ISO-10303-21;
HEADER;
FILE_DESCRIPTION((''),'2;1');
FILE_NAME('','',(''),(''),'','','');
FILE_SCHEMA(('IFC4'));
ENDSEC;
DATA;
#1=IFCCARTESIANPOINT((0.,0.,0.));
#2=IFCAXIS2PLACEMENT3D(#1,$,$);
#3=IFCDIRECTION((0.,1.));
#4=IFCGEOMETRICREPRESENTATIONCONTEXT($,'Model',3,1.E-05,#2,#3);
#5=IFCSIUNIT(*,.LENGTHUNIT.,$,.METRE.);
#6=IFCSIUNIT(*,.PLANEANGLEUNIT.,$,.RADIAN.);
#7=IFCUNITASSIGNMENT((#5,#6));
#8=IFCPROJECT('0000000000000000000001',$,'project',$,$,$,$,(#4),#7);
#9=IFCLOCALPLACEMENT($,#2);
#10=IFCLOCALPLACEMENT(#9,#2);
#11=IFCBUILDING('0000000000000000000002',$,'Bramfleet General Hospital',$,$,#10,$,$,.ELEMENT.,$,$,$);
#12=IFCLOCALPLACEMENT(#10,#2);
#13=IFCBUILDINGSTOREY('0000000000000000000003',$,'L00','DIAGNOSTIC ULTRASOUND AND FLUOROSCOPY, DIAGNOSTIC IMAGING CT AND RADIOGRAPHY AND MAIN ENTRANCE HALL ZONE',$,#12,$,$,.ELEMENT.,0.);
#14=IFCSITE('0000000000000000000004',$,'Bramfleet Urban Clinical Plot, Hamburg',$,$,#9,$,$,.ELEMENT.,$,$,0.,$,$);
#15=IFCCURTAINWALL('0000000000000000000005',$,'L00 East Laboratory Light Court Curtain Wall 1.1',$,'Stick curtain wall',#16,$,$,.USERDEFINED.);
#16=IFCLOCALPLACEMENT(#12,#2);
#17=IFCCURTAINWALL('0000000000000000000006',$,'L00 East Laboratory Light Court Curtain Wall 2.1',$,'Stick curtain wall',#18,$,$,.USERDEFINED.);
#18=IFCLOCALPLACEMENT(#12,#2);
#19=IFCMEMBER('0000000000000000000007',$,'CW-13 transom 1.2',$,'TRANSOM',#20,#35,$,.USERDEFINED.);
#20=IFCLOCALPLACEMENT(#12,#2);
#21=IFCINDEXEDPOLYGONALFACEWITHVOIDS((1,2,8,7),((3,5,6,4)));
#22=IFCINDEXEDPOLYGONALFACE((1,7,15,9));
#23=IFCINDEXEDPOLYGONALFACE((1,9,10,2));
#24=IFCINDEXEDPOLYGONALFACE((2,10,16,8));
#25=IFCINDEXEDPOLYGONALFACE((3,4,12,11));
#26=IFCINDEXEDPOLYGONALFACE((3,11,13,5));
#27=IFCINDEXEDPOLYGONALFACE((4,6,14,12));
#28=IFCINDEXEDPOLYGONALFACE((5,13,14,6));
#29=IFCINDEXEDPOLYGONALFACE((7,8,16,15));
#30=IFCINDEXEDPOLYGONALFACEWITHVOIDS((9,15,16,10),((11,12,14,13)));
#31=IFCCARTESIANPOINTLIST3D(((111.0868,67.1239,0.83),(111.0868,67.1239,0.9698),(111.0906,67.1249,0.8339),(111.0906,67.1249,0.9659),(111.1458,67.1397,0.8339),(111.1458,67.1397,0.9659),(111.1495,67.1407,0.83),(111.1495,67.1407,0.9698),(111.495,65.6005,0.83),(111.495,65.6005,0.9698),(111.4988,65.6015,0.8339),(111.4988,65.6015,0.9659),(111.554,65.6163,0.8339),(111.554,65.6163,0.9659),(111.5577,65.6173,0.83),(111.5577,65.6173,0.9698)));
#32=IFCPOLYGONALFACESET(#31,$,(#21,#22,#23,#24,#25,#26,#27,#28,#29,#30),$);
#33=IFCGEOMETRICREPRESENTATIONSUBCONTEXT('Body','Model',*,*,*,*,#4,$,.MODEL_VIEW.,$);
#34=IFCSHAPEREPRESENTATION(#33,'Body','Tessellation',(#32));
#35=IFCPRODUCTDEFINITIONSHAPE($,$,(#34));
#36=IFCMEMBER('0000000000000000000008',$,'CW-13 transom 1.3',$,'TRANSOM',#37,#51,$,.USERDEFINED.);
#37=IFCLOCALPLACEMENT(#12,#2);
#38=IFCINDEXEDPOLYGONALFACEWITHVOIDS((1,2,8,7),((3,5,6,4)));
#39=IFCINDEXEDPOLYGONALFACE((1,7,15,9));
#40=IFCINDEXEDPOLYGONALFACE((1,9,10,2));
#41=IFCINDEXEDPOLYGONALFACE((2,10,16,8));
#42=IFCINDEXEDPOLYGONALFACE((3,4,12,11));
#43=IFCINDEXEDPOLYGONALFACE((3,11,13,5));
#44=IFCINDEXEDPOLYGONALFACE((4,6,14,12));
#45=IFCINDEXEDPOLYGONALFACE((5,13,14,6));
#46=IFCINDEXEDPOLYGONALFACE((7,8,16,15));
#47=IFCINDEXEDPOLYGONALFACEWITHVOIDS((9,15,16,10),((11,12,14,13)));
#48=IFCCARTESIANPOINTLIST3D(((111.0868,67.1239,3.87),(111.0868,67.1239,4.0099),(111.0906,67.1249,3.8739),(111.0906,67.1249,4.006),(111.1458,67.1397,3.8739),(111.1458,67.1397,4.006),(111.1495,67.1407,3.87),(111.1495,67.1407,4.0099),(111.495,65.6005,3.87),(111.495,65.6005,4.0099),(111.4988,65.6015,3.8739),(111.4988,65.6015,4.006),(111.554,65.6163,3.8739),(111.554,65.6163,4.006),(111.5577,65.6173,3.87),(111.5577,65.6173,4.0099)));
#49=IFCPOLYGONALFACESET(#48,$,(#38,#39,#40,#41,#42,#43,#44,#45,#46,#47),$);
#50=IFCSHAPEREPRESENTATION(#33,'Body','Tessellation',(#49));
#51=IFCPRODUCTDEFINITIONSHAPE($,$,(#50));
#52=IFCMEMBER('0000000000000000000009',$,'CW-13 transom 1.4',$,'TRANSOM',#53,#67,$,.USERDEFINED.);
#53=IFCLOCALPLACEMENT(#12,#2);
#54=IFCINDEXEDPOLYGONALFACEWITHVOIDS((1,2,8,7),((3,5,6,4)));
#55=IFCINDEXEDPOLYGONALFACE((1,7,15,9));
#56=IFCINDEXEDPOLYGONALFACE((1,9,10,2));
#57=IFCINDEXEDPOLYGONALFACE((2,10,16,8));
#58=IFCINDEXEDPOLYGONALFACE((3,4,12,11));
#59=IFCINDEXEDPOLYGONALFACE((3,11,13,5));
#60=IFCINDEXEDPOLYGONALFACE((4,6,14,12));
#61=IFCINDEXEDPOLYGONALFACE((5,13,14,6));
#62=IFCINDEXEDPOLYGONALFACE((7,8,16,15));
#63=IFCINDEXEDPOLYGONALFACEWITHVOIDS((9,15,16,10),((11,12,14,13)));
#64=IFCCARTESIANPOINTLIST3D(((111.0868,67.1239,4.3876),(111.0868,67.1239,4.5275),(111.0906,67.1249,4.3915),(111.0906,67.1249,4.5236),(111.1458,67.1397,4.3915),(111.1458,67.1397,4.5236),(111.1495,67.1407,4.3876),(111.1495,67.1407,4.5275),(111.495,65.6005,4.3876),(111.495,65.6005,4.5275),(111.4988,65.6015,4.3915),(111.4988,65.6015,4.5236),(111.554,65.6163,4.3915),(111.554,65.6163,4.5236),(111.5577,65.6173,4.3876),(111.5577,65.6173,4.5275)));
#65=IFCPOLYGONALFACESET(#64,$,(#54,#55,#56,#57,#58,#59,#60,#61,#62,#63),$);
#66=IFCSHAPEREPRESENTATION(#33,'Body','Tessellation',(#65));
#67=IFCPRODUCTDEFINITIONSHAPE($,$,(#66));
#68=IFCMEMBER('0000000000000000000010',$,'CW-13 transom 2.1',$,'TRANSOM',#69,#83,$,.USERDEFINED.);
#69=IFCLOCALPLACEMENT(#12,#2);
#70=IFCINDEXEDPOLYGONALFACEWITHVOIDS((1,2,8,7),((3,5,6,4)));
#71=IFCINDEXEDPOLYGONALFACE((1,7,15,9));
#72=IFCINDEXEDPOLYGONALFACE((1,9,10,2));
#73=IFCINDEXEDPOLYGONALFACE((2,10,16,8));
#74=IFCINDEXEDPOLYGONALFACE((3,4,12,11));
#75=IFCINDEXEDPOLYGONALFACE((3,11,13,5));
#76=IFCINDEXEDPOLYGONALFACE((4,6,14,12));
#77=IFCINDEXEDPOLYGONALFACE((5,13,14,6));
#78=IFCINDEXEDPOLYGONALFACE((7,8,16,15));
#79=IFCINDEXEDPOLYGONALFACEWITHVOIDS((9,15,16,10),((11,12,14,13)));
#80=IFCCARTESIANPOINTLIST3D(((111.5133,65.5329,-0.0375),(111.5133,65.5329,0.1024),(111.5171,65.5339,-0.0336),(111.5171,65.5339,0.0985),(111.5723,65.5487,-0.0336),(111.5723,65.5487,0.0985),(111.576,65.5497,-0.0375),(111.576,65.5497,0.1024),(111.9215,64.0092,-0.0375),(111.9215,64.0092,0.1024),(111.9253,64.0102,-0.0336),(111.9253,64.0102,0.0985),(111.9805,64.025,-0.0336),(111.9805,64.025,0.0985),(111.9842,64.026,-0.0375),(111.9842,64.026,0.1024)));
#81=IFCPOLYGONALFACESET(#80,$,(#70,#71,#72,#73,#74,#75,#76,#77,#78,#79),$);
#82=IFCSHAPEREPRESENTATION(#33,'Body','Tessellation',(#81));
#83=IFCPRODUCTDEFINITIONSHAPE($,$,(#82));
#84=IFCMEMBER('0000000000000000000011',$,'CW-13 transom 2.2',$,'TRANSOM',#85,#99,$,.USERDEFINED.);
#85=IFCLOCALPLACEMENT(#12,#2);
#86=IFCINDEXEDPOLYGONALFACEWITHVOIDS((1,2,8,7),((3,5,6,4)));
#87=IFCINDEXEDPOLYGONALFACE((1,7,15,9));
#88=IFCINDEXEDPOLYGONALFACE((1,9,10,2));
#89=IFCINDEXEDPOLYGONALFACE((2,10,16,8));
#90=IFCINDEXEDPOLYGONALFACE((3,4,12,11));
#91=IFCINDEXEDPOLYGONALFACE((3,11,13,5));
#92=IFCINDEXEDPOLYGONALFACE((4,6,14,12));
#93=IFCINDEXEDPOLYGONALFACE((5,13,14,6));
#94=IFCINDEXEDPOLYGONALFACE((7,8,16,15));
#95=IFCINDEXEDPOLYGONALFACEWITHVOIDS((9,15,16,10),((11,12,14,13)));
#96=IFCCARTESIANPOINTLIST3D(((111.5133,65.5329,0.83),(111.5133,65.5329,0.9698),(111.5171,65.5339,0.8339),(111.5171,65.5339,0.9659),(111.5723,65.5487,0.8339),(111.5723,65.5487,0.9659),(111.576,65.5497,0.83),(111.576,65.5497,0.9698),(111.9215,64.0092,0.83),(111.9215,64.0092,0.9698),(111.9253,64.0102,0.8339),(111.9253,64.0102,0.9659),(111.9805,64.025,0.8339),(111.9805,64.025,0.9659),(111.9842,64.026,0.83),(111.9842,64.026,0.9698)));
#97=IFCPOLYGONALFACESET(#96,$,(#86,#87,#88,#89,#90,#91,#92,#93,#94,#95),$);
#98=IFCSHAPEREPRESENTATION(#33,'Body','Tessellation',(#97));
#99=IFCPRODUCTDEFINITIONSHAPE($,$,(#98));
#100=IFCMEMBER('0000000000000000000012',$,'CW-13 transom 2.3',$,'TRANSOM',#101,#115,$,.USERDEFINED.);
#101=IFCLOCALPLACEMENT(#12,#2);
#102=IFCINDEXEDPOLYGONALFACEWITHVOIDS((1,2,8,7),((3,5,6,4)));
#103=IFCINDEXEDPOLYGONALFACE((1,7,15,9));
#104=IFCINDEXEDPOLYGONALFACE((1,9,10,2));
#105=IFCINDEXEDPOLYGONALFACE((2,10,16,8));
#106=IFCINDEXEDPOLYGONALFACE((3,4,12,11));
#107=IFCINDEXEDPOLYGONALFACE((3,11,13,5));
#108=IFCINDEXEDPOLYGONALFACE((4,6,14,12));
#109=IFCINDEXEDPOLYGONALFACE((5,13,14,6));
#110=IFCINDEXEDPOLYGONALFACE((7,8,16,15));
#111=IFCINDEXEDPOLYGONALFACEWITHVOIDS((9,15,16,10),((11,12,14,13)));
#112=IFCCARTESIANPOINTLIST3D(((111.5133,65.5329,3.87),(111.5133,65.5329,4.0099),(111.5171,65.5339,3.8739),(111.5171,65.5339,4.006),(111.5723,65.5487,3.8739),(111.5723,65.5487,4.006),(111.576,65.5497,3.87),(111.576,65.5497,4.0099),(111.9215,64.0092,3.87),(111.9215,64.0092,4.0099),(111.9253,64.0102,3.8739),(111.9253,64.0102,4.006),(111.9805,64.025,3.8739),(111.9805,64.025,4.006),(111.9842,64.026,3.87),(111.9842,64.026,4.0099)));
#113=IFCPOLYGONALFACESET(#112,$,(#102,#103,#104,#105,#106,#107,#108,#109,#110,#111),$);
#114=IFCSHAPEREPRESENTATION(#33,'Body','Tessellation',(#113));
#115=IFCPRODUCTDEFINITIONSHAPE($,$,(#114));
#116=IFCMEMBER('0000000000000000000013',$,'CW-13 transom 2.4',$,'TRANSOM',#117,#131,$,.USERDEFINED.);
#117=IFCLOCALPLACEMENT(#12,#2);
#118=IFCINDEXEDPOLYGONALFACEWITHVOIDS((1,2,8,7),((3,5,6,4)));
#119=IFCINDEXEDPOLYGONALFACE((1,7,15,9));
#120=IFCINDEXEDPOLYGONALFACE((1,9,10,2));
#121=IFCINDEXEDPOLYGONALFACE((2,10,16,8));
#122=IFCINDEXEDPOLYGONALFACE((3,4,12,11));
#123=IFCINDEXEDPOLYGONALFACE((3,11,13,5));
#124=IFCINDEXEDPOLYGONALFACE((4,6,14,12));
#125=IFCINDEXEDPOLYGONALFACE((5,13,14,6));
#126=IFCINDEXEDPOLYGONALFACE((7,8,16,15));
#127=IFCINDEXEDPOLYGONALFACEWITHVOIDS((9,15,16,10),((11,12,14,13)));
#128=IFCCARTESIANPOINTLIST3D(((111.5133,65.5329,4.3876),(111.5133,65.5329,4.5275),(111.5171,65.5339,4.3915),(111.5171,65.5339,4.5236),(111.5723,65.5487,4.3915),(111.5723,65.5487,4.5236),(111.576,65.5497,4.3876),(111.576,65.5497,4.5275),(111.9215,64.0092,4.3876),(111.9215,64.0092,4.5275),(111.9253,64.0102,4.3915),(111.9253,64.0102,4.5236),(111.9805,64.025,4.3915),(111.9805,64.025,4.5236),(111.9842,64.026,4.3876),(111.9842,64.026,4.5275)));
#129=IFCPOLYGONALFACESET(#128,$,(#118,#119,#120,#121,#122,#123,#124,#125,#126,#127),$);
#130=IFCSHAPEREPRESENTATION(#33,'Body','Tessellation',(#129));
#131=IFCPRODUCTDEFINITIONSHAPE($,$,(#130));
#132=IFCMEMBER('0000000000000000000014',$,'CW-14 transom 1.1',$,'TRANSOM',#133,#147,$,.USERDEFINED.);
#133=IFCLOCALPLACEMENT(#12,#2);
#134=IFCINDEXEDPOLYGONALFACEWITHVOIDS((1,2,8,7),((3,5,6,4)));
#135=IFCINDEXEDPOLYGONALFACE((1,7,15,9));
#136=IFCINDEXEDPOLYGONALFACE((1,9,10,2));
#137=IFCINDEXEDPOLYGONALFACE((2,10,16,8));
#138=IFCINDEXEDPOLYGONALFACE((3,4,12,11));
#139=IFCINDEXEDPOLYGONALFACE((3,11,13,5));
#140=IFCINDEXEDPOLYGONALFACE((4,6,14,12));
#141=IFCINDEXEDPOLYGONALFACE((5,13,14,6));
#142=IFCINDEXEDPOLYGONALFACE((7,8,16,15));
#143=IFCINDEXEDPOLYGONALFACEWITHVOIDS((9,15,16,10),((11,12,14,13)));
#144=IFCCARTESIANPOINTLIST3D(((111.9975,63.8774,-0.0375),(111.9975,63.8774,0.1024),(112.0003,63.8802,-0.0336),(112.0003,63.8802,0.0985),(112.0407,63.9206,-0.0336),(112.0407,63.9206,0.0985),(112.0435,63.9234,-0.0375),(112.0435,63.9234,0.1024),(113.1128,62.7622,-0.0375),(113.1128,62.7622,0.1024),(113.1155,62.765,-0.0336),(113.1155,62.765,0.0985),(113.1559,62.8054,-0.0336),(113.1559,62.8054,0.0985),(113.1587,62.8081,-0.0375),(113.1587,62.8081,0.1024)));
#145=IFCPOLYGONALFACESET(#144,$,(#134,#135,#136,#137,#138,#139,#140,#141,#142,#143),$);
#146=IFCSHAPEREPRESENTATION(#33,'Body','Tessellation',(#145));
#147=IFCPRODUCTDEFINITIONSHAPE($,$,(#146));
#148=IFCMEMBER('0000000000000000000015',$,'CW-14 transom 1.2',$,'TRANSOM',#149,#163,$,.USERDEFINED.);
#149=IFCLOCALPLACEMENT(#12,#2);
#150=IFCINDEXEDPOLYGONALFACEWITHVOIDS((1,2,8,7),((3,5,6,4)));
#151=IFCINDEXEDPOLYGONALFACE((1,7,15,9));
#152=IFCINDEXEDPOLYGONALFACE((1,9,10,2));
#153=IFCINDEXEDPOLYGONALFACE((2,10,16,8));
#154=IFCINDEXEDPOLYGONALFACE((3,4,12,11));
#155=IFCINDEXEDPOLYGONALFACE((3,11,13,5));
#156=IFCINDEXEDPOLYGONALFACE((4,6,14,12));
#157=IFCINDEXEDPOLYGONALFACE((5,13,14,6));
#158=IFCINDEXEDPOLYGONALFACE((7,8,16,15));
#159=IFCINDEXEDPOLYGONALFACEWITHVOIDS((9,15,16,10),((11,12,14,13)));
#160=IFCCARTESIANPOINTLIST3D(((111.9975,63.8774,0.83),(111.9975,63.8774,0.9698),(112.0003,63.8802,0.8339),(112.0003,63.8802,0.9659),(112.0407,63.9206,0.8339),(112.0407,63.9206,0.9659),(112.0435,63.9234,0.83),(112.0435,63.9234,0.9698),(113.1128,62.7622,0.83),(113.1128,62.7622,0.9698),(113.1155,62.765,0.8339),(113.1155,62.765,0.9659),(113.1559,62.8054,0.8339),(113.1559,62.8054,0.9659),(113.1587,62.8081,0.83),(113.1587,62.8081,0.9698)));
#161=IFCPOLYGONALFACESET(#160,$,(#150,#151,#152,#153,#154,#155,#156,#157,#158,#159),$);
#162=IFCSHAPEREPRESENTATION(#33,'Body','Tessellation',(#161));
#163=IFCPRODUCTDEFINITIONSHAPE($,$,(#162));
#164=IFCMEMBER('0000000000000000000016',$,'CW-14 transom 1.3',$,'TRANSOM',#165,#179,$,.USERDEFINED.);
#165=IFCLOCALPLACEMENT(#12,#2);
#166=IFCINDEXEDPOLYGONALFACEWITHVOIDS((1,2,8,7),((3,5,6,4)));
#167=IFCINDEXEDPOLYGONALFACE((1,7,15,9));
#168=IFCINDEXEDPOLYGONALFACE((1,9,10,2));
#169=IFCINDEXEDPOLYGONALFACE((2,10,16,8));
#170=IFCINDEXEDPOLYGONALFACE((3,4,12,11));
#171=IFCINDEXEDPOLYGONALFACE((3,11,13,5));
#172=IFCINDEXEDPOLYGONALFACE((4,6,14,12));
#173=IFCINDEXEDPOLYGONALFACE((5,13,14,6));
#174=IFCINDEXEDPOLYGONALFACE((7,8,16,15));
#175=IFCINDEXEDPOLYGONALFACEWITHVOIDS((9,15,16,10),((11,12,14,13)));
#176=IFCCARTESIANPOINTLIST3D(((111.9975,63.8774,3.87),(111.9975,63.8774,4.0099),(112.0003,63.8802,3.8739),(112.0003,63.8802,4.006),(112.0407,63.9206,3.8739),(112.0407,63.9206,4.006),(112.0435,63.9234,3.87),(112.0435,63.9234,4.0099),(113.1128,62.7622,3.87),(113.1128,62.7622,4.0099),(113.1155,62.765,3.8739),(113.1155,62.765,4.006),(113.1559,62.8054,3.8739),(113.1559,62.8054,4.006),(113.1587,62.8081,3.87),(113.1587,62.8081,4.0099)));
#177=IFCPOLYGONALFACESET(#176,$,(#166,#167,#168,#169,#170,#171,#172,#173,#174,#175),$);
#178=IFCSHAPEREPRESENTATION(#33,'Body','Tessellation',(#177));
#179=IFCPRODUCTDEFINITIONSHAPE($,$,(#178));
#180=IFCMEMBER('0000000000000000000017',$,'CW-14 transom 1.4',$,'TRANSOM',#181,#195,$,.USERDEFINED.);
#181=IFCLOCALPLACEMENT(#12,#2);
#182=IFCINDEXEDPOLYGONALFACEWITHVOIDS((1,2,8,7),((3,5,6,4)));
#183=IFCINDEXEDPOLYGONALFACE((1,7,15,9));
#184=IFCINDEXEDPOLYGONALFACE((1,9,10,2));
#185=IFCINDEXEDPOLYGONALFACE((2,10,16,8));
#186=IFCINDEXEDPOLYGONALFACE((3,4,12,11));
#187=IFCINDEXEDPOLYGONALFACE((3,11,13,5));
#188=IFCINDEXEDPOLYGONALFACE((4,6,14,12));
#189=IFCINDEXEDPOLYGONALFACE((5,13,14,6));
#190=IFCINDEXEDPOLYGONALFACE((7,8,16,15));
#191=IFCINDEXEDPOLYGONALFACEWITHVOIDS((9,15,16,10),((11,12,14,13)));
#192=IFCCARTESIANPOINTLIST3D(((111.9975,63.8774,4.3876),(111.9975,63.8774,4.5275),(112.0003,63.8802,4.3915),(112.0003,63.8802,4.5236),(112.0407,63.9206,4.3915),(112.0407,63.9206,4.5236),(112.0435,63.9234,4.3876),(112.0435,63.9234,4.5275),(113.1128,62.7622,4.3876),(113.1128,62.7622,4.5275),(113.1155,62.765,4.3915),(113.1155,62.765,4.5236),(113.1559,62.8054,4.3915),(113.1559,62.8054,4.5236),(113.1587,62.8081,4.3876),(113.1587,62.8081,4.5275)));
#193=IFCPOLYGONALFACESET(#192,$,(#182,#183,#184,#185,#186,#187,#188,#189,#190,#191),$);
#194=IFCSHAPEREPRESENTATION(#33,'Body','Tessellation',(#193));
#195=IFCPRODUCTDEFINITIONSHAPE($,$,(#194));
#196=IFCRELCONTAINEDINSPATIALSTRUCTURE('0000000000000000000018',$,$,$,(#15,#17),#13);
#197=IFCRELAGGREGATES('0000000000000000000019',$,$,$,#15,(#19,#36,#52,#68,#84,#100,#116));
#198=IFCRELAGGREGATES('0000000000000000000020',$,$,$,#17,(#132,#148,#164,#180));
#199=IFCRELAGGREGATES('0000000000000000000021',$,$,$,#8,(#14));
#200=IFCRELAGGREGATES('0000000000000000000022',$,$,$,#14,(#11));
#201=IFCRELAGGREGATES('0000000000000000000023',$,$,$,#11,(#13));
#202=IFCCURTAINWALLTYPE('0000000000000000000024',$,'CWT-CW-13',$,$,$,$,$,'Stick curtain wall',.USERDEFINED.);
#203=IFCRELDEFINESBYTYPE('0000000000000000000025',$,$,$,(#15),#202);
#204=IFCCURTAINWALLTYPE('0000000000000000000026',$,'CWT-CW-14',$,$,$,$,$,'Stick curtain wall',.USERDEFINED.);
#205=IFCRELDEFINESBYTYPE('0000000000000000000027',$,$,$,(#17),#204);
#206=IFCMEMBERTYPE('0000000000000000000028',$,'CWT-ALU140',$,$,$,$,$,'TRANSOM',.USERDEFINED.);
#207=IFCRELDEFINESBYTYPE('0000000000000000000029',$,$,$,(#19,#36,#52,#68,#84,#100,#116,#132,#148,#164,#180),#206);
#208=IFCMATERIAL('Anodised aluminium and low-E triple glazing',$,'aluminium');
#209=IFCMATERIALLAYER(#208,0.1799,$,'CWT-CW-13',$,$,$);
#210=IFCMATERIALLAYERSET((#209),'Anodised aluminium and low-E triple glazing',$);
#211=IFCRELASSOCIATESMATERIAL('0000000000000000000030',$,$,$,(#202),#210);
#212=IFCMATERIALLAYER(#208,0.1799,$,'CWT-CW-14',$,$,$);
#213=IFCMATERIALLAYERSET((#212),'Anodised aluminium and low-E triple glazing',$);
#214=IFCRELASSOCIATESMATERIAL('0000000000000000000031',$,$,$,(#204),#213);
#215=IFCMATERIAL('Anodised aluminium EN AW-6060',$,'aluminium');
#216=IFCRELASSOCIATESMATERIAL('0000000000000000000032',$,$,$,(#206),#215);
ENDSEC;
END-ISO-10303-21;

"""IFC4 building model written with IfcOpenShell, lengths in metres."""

from ifc_helpers import new_model, si_unit, direction, frame, origin, origin_2d, place, context, subcontext, project, spatial, hollow_rectangle, extrude, material, layer, layer_set, material_profile, profile_set, type_object, element, aggregate, save


model = new_model("IFC4")

# Units and contexts
model_context = context("Model", 3, precision=1e-05, world=origin(), true_north=direction((0.0, 1.0)))
body_context = subcontext(model_context, "Body", "Model", "MODEL_VIEW")
ifc_project = project(units=[si_unit("LENGTHUNIT", "METRE"), si_unit("PLANEANGLEUNIT", "RADIAN")], contexts=[model_context])

# Site, building, storey
site_placement = place(None, origin())
site = spatial("IfcSite", under=ifc_project, at=site_placement, Name="Bramfleet Urban Clinical Plot, Hamburg", CompositionType="ELEMENT", RefElevation=0.0)
building_placement = place(site_placement, origin())
building = spatial("IfcBuilding", under=site, at=building_placement, Name="Bramfleet General Hospital", CompositionType="ELEMENT")
storey_placement = place(building_placement, origin())
storey = spatial("IfcBuildingStorey", under=building, at=storey_placement, Name="L00", Description="DIAGNOSTIC ULTRASOUND AND FLUOROSCOPY, DIAGNOSTIC IMAGING CT AND RADIOGRAPHY AND MAIN ENTRANCE HALL ZONE", CompositionType="ELEMENT", Elevation=0.0)

# Curtain wall
ifc_material_1 = material(Name="Anodised aluminium and low-E triple glazing", Category="aluminium")
ifc_layer_1 = layer(ifc_material_1, 0.1799, Name="CWT-CW-13")
ifc_layer_set_1 = layer_set([ifc_layer_1], Name="Anodised aluminium and low-E triple glazing")
curtain_wall_type_1 = type_object("IfcCurtainWallType", Name="CWT-CW-13", ElementType="Stick curtain wall", PredefinedType="USERDEFINED", material=ifc_layer_set_1)
curtain_wall_1_placement = place(storey_placement, origin())
curtain_wall_1 = element("IfcCurtainWall", 1, at=curtain_wall_1_placement, inside=storey, type_object=curtain_wall_type_1, Name="L00 East Laboratory Light Court Curtain Wall 1.1", ObjectType="Stick curtain wall", PredefinedType="USERDEFINED")
ifc_material_2 = material(Name="Anodised aluminium EN AW-6060", Category="aluminium")

# Curtain wall
ifc_layer_2 = layer(ifc_material_1, 0.1799, Name="CWT-CW-14")
ifc_layer_set_2 = layer_set([ifc_layer_2], Name="Anodised aluminium and low-E triple glazing")
curtain_wall_type_2 = type_object("IfcCurtainWallType", Name="CWT-CW-14", ElementType="Stick curtain wall", PredefinedType="USERDEFINED", material=ifc_layer_set_2)
curtain_wall_2_placement = place(storey_placement, origin())
curtain_wall_2 = element("IfcCurtainWall", 2, at=curtain_wall_2_placement, inside=storey, type_object=curtain_wall_type_2, Name="L00 East Laboratory Light Court Curtain Wall 2.1", ObjectType="Stick curtain wall", PredefinedType="USERDEFINED")

# Members
ifc_material_profile_1 = material_profile(ifc_material_2, hollow_rectangle(XDim=0.0649, YDim=0.1399, WallThickness=0.0039, at=origin_2d()), Name="ALU 140x65x4.0")
ifc_profile_set_1 = profile_set([ifc_material_profile_1], Name="Anodised aluminium EN AW-6060")
member_type_1 = type_object("IfcMemberType", Name="CWT-ALU140", ElementType="TRANSOM", PredefinedType="USERDEFINED", material=ifc_profile_set_1)
member_1_placement = place(storey_placement, frame((111.1182, 67.1323, 0.8999), z_axis=(0.258819, -0.965926, 0.0), x_axis=(0.965926, 0.258819, 0.0)))
member_1 = element("IfcMember", 3, at=member_1_placement, type_object=member_type_1, Name="CW-13 transom 1.2", ObjectType="TRANSOM", PredefinedType="USERDEFINED", context=body_context, shape_type="SweptSolid", body=[
    extrude(hollow_rectangle(XDim=0.0649, YDim=0.1399, WallThickness=0.0039, at=origin_2d()), origin(), (0.0, 0.0, 1.0), 1.5771),
])
member_2_placement = place(storey_placement, frame((111.1182, 67.1323, 3.9399), z_axis=(0.258819, -0.965926, 0.0), x_axis=(0.965926, 0.258819, 0.0)))
member_2 = element("IfcMember", 4, at=member_2_placement, type_object=member_type_1, Name="CW-13 transom 1.3", ObjectType="TRANSOM", PredefinedType="USERDEFINED", context=body_context, shape_type="SweptSolid", body=[
    extrude(hollow_rectangle(XDim=0.0649, YDim=0.1399, WallThickness=0.0039, at=origin_2d()), origin(), (0.0, 0.0, 1.0), 1.5771),
])
member_3_placement = place(storey_placement, frame((111.1182, 67.1323, 4.4575), z_axis=(0.258819, -0.965926, 0.0), x_axis=(0.965926, 0.258819, 0.0)))
member_3 = element("IfcMember", 5, at=member_3_placement, type_object=member_type_1, Name="CW-13 transom 1.4", ObjectType="TRANSOM", PredefinedType="USERDEFINED", context=body_context, shape_type="SweptSolid", body=[
    extrude(hollow_rectangle(XDim=0.0649, YDim=0.1399, WallThickness=0.0039, at=origin_2d()), origin(), (0.0, 0.0, 1.0), 1.5771),
])
member_4_placement = place(storey_placement, frame((111.5447, 65.5413, 0.0325), z_axis=(0.25878, -0.965936, 0.0), x_axis=(0.965936, 0.25878, 0.0)))
member_4 = element("IfcMember", 6, at=member_4_placement, type_object=member_type_1, Name="CW-13 transom 2.1", ObjectType="TRANSOM", PredefinedType="USERDEFINED", context=body_context, shape_type="SweptSolid", body=[
    extrude(hollow_rectangle(XDim=0.0649, YDim=0.1399, WallThickness=0.0039, at=origin_2d()), origin(), (0.0, 0.0, 1.0), 1.5774),
])
member_5_placement = place(storey_placement, frame((111.5447, 65.5413, 0.8999), z_axis=(0.25878, -0.965936, 0.0), x_axis=(0.965936, 0.25878, 0.0)))
member_5 = element("IfcMember", 7, at=member_5_placement, type_object=member_type_1, Name="CW-13 transom 2.2", ObjectType="TRANSOM", PredefinedType="USERDEFINED", context=body_context, shape_type="SweptSolid", body=[
    extrude(hollow_rectangle(XDim=0.0649, YDim=0.1399, WallThickness=0.0039, at=origin_2d()), origin(), (0.0, 0.0, 1.0), 1.5774),
])
member_6_placement = place(storey_placement, frame((111.5447, 65.5413, 3.9399), z_axis=(0.25878, -0.965936, 0.0), x_axis=(0.965936, 0.25878, 0.0)))
member_6 = element("IfcMember", 8, at=member_6_placement, type_object=member_type_1, Name="CW-13 transom 2.3", ObjectType="TRANSOM", PredefinedType="USERDEFINED", context=body_context, shape_type="SweptSolid", body=[
    extrude(hollow_rectangle(XDim=0.0649, YDim=0.1399, WallThickness=0.0039, at=origin_2d()), origin(), (0.0, 0.0, 1.0), 1.5774),
])
member_7_placement = place(storey_placement, frame((111.5447, 65.5413, 4.4575), z_axis=(0.25878, -0.965936, 0.0), x_axis=(0.965936, 0.25878, 0.0)))
member_7 = element("IfcMember", 9, at=member_7_placement, type_object=member_type_1, Name="CW-13 transom 2.4", ObjectType="TRANSOM", PredefinedType="USERDEFINED", context=body_context, shape_type="SweptSolid", body=[
    extrude(hollow_rectangle(XDim=0.0649, YDim=0.1399, WallThickness=0.0039, at=origin_2d()), origin(), (0.0, 0.0, 1.0), 1.5774),
])
member_8_placement = place(storey_placement, frame((112.0205, 63.9004, 0.0325), z_axis=(0.707107, -0.707107, 0.0), x_axis=(0.707107, 0.707107, 0.0)))
member_8 = element("IfcMember", 10, at=member_8_placement, type_object=member_type_1, Name="CW-14 transom 1.1", ObjectType="TRANSOM", PredefinedType="USERDEFINED", context=body_context, shape_type="SweptSolid", body=[
    extrude(hollow_rectangle(XDim=0.0649, YDim=0.1399, WallThickness=0.0039, at=origin_2d()), origin(), (0.0, 0.0, 1.0), 1.5771),
])
member_9_placement = place(storey_placement, frame((112.0205, 63.9004, 0.8999), z_axis=(0.707107, -0.707107, 0.0), x_axis=(0.707107, 0.707107, 0.0)))
member_9 = element("IfcMember", 11, at=member_9_placement, type_object=member_type_1, Name="CW-14 transom 1.2", ObjectType="TRANSOM", PredefinedType="USERDEFINED", context=body_context, shape_type="SweptSolid", body=[
    extrude(hollow_rectangle(XDim=0.0649, YDim=0.1399, WallThickness=0.0039, at=origin_2d()), origin(), (0.0, 0.0, 1.0), 1.5771),
])
member_10_placement = place(storey_placement, frame((112.0205, 63.9004, 3.9399), z_axis=(0.707107, -0.707107, 0.0), x_axis=(0.707107, 0.707107, 0.0)))
member_10 = element("IfcMember", 12, at=member_10_placement, type_object=member_type_1, Name="CW-14 transom 1.3", ObjectType="TRANSOM", PredefinedType="USERDEFINED", context=body_context, shape_type="SweptSolid", body=[
    extrude(hollow_rectangle(XDim=0.0649, YDim=0.1399, WallThickness=0.0039, at=origin_2d()), origin(), (0.0, 0.0, 1.0), 1.5771),
])
member_11_placement = place(storey_placement, frame((112.0205, 63.9004, 4.4575), z_axis=(0.707107, -0.707107, 0.0), x_axis=(0.707107, 0.707107, 0.0)))
member_11 = element("IfcMember", 13, at=member_11_placement, type_object=member_type_1, Name="CW-14 transom 1.4", ObjectType="TRANSOM", PredefinedType="USERDEFINED", context=body_context, shape_type="SweptSolid", body=[
    extrude(hollow_rectangle(XDim=0.0649, YDim=0.1399, WallThickness=0.0039, at=origin_2d()), origin(), (0.0, 0.0, 1.0), 1.5771),
])

aggregate(curtain_wall_1, [member_1, member_2, member_3, member_4, member_5, member_6, member_7])
aggregate(curtain_wall_2, [member_8, member_9, member_10, member_11])

save(model, "model.ifc")
